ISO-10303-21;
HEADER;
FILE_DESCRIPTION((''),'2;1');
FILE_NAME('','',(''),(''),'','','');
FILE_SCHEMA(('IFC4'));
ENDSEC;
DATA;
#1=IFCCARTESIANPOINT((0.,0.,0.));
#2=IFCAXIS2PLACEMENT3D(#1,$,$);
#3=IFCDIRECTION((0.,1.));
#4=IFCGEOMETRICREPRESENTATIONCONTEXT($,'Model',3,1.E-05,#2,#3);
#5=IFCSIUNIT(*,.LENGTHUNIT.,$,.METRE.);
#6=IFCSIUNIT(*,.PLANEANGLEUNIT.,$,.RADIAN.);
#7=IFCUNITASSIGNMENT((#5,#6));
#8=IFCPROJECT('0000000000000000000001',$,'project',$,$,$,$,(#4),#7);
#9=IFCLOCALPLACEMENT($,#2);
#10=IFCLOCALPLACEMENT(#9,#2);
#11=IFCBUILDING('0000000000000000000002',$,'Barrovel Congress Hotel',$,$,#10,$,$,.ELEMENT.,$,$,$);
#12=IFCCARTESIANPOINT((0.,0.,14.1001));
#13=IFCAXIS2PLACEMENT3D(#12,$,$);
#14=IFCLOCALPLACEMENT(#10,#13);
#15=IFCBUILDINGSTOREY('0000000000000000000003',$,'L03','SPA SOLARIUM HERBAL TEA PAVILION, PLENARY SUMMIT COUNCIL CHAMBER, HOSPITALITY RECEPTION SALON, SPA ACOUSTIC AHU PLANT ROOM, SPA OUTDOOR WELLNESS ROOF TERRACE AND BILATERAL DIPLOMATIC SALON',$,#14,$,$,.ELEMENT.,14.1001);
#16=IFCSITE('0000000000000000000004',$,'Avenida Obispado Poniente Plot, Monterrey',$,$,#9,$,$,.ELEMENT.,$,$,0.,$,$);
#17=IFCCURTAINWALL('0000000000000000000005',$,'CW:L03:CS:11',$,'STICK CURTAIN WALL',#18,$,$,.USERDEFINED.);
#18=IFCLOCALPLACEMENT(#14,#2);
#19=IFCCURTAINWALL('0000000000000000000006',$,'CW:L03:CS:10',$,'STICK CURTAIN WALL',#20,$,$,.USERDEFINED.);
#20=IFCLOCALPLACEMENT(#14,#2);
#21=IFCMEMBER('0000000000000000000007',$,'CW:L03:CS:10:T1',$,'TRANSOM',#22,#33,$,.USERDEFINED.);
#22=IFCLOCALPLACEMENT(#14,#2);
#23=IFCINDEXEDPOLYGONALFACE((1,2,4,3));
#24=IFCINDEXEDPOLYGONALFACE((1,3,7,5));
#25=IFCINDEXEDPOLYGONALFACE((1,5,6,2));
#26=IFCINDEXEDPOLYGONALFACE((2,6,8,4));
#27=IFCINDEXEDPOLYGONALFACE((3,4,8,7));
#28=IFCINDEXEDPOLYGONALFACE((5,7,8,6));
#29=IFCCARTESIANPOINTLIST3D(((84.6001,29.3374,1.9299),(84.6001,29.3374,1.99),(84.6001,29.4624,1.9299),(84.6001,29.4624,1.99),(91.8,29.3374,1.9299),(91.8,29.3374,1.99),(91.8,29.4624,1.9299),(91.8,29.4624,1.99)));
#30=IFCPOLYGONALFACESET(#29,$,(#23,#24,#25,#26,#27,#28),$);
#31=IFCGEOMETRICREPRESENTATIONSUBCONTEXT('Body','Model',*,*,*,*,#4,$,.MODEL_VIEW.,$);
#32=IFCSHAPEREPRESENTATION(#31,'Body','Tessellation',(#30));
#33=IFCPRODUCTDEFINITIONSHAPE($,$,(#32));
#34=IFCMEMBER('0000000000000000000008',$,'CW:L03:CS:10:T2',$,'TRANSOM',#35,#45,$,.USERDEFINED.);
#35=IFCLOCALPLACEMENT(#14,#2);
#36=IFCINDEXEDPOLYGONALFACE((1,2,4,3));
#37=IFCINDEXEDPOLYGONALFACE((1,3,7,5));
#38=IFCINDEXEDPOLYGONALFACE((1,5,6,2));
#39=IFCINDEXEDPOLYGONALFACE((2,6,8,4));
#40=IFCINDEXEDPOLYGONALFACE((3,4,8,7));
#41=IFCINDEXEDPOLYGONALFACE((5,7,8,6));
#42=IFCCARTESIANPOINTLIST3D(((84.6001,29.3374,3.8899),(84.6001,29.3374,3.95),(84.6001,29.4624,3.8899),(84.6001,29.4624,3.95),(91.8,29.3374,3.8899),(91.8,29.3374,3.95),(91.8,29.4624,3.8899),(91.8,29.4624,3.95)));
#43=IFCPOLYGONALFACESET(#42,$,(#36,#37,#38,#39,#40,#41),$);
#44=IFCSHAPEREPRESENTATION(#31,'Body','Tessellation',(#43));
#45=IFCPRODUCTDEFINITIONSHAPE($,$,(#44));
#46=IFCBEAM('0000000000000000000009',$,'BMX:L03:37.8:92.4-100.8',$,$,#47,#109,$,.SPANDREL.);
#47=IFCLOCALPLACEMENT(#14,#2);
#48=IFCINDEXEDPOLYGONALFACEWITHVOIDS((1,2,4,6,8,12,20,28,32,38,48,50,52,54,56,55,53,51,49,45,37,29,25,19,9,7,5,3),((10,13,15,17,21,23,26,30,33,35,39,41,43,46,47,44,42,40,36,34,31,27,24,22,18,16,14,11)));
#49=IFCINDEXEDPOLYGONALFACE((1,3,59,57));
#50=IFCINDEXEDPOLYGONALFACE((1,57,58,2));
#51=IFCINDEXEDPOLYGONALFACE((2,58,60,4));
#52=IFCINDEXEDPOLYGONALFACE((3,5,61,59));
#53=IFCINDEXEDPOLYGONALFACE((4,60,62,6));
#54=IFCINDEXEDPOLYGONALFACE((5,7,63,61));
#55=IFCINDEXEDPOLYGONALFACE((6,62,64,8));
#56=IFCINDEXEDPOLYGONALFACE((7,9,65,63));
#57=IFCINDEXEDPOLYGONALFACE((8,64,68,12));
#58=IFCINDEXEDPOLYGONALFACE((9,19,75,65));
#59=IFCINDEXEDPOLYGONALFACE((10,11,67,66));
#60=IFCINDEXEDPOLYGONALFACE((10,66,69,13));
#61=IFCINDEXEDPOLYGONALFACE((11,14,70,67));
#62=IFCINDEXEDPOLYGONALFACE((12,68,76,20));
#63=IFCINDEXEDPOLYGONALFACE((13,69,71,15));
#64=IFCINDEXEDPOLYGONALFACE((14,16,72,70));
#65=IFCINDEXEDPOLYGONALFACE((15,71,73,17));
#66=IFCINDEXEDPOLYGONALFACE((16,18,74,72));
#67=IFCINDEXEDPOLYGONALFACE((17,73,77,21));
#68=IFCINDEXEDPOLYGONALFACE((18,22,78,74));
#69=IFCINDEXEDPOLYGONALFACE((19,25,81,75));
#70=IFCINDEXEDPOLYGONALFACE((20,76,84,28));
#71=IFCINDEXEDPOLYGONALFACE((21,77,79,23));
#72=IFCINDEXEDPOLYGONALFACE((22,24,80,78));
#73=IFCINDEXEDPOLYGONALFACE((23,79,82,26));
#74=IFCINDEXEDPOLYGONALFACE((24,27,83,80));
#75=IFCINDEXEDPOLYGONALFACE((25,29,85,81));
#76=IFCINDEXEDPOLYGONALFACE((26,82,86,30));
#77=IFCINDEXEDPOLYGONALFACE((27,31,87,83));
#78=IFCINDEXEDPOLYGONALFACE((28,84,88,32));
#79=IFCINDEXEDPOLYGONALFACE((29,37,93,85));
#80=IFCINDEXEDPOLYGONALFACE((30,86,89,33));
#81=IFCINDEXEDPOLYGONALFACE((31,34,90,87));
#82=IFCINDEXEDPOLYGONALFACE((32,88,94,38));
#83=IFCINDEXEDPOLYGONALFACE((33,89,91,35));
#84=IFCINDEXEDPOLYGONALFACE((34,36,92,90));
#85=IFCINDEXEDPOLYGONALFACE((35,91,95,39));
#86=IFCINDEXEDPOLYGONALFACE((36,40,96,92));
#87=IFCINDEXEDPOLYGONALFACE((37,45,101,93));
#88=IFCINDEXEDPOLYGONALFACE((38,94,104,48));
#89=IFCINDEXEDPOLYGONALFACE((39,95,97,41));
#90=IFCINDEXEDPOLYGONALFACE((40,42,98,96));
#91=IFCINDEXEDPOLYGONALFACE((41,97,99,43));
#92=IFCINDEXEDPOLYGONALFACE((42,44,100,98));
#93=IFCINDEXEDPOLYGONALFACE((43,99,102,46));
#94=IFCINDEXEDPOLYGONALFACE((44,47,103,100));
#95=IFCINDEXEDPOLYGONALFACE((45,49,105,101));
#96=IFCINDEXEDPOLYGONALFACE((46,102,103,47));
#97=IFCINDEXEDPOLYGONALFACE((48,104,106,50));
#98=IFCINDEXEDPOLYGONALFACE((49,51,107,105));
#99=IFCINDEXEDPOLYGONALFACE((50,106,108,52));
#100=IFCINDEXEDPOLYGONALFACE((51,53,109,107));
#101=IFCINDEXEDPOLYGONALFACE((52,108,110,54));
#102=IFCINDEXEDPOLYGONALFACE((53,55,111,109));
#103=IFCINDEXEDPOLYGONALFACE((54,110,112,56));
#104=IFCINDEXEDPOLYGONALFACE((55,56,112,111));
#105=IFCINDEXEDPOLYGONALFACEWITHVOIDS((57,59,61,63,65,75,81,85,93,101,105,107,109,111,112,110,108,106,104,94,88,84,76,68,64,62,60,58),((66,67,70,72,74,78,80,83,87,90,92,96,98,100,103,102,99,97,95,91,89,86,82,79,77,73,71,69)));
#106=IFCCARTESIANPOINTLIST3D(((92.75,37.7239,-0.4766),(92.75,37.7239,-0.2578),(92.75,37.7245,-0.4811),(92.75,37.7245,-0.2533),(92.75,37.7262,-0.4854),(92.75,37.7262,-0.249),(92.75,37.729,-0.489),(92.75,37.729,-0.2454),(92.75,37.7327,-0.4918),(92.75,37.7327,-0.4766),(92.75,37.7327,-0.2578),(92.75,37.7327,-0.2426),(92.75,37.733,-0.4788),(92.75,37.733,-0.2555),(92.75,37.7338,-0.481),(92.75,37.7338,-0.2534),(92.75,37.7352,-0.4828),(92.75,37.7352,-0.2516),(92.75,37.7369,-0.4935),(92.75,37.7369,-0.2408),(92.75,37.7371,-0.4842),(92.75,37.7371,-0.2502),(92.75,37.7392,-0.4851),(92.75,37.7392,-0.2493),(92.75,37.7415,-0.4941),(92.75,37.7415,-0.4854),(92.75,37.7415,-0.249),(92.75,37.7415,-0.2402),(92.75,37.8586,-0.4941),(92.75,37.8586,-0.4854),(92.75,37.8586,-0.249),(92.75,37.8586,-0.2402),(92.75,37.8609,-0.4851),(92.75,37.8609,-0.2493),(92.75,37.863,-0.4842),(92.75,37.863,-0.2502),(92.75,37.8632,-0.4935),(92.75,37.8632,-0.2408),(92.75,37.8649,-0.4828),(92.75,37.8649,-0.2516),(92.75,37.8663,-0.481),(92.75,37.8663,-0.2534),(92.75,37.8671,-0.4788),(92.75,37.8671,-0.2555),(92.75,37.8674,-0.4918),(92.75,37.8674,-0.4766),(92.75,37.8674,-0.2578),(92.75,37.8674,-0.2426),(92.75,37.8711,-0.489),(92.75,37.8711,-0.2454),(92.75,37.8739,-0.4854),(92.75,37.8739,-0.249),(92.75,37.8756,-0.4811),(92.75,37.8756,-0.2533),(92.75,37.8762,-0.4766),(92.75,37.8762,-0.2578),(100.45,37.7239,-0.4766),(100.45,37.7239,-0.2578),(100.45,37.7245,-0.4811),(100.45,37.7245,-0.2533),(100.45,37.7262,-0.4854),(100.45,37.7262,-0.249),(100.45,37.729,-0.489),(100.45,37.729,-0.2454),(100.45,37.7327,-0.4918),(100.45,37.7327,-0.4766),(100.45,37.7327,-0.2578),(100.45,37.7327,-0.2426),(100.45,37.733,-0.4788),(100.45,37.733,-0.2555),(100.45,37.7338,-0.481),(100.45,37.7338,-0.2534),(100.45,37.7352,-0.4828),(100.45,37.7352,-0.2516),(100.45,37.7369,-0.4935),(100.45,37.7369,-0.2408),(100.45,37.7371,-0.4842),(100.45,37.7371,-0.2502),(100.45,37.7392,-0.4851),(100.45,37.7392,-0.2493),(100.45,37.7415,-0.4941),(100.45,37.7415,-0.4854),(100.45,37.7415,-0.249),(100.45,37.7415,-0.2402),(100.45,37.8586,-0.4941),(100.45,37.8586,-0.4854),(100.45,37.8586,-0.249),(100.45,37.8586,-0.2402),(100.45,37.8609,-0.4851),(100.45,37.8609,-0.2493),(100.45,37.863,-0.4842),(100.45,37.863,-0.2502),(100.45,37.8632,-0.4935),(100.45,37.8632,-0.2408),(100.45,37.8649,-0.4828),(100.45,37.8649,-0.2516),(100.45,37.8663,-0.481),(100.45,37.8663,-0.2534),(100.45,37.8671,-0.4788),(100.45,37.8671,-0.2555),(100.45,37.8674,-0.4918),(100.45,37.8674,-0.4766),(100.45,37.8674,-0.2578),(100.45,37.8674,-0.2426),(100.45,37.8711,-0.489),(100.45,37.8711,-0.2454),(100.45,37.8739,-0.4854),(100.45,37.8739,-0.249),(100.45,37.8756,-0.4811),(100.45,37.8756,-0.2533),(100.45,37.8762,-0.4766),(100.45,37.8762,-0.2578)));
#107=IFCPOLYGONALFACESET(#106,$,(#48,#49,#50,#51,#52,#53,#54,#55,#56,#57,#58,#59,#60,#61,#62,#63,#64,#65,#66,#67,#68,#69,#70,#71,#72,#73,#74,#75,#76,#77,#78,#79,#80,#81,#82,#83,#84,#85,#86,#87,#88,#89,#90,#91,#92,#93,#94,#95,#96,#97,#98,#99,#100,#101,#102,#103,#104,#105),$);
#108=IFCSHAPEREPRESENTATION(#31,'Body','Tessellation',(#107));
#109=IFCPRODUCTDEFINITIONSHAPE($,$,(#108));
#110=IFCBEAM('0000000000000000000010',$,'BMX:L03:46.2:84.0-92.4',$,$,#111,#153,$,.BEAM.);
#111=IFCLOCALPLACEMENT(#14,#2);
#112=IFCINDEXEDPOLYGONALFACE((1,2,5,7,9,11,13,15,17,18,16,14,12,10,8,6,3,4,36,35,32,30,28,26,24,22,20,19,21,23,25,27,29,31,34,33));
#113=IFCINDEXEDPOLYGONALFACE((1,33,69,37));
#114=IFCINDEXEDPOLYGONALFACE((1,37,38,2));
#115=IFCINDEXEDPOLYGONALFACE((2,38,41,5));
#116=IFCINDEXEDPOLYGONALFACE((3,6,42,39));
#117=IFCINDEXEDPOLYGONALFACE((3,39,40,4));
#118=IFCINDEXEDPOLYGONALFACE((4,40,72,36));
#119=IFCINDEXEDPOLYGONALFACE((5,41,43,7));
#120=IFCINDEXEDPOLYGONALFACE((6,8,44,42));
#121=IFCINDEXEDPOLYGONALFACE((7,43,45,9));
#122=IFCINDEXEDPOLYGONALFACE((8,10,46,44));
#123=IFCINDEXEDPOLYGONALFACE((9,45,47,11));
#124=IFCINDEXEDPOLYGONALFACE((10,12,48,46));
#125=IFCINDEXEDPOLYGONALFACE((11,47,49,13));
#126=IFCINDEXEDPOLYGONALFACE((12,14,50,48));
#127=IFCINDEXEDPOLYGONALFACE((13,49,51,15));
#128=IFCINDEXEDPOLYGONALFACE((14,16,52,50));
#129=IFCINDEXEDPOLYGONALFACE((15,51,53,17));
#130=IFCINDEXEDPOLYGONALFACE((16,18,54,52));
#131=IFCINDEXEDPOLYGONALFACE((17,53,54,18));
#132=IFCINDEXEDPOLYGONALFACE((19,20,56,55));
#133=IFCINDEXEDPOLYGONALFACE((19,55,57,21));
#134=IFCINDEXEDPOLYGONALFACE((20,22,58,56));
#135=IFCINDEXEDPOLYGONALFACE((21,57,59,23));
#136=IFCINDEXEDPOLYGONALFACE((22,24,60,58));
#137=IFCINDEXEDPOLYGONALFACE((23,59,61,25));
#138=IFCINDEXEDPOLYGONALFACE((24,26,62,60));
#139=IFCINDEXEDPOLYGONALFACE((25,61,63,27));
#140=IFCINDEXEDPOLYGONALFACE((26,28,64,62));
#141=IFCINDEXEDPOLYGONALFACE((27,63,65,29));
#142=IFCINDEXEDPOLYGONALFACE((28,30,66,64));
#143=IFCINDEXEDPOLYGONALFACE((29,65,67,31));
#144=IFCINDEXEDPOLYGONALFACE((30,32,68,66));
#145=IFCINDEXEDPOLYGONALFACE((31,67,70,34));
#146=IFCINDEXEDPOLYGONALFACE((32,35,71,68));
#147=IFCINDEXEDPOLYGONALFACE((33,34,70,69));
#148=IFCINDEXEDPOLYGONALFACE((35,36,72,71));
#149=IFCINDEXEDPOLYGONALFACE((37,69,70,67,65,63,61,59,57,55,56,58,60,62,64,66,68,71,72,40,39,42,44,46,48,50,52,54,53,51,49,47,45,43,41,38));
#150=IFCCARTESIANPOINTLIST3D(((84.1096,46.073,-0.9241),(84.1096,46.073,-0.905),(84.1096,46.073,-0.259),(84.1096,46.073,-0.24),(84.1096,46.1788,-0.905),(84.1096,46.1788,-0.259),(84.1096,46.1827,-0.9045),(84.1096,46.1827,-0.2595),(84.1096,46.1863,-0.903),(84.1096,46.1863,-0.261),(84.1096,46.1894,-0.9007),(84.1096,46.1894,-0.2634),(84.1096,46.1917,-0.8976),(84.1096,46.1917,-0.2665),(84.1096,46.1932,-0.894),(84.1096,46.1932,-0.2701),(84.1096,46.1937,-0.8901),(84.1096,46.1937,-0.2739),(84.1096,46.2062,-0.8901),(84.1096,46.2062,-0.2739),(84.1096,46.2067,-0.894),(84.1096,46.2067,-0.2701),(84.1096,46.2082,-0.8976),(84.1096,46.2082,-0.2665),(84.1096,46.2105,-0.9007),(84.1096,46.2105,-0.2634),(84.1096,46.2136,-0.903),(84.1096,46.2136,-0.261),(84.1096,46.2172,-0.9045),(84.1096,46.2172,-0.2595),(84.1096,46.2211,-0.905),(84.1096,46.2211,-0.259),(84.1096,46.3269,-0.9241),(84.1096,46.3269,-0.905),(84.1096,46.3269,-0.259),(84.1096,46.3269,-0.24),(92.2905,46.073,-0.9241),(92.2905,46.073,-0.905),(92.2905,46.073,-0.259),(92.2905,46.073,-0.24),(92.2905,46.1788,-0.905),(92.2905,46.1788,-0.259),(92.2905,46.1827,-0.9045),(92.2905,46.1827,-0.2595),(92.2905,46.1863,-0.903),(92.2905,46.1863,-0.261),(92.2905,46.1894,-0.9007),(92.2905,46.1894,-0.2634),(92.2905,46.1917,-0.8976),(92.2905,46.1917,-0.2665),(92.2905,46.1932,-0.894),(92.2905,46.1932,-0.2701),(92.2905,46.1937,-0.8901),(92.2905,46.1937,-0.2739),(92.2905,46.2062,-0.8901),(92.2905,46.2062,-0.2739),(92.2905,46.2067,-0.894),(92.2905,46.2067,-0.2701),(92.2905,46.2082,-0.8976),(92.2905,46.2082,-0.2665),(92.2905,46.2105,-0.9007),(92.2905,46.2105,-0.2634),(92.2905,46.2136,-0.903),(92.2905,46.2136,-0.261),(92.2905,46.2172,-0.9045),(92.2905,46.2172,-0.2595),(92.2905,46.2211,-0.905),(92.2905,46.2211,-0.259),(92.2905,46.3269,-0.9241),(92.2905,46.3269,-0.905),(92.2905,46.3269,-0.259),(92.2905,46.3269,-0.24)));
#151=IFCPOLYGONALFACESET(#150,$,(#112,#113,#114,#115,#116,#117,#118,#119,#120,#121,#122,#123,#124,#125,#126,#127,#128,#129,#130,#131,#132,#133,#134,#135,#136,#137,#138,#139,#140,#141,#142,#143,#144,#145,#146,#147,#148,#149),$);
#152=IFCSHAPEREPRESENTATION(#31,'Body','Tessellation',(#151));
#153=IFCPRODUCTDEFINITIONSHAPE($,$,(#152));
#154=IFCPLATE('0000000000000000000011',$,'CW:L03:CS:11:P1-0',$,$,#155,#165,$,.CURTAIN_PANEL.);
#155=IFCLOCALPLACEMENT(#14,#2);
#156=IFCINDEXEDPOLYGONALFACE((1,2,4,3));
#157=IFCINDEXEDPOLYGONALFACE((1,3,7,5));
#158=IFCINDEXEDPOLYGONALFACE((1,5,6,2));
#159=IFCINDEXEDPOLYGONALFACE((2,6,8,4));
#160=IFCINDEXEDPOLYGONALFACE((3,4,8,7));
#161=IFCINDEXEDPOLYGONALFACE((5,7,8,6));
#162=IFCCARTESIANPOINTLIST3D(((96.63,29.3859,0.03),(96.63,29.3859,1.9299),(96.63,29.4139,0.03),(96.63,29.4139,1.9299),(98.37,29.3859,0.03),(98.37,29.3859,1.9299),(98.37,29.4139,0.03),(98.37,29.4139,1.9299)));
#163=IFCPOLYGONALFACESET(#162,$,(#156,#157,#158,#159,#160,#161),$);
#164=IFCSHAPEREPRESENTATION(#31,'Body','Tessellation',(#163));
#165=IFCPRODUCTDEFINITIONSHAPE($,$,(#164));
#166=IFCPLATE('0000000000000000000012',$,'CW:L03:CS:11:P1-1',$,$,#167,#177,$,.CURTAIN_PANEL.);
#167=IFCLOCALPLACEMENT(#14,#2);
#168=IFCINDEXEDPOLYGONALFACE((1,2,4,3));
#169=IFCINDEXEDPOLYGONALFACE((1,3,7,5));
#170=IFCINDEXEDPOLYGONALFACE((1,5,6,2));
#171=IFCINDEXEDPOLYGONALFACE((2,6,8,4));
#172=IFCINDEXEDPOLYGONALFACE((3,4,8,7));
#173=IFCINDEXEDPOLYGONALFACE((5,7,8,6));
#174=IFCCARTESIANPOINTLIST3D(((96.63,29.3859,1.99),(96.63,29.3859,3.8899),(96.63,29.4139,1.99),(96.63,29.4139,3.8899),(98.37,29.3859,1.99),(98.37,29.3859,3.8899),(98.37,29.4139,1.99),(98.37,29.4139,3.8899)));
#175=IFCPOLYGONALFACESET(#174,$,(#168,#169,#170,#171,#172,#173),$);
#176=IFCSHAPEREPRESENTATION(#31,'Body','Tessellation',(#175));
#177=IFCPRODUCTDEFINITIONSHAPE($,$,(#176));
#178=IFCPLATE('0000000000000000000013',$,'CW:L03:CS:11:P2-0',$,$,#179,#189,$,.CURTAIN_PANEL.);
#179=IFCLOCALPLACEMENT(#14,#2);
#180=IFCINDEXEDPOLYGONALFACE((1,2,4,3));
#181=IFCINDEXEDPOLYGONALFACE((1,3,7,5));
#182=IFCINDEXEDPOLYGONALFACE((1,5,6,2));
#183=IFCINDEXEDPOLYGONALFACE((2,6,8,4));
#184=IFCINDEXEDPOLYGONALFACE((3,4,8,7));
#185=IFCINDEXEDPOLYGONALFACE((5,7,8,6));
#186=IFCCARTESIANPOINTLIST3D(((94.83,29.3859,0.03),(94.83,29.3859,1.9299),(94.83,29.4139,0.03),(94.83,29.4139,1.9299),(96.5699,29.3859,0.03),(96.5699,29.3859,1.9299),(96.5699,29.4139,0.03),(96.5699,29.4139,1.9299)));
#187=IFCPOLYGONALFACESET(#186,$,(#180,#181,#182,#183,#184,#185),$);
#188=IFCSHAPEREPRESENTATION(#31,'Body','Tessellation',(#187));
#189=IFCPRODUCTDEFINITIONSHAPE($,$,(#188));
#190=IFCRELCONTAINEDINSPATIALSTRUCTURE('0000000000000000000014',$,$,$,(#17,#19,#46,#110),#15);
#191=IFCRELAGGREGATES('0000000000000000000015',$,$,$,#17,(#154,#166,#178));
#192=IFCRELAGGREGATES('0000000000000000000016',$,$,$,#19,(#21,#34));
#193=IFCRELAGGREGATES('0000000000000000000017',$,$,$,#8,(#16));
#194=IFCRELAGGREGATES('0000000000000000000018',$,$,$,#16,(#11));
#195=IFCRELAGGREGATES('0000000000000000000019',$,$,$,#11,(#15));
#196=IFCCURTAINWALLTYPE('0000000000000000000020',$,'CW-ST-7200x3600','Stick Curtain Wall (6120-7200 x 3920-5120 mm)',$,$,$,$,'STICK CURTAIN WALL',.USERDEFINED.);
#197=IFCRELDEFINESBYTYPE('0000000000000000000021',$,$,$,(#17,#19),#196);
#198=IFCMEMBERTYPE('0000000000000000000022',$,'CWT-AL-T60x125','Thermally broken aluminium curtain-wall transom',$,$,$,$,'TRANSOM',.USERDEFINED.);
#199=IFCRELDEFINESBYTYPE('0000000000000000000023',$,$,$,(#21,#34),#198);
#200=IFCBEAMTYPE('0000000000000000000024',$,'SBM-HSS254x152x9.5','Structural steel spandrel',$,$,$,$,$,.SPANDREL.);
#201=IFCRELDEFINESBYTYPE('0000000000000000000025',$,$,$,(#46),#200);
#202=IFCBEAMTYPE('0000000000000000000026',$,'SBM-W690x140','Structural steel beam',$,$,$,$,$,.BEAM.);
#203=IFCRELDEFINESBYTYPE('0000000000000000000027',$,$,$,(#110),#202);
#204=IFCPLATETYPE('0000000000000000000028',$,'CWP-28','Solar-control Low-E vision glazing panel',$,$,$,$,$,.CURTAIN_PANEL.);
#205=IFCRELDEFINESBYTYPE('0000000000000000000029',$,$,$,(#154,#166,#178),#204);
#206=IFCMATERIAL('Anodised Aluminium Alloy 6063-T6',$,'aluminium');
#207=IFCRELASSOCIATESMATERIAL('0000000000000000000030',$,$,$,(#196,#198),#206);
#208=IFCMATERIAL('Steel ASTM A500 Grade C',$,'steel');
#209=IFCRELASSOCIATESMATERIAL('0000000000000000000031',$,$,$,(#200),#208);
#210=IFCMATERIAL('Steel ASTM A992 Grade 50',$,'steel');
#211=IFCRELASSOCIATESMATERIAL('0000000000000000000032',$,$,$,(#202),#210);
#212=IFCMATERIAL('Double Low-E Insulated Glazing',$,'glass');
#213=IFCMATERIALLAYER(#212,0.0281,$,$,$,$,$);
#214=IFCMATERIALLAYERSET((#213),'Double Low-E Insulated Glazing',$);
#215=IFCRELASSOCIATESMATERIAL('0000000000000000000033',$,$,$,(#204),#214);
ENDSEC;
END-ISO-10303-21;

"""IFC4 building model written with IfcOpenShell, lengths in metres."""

from ifc_helpers import new_model, si_unit, direction, frame, origin, origin_2d, place, context, subcontext, project, spatial, rectangle, hollow_rectangle, i_section, extrude, material, layer, layer_set, material_profile, profile_set, type_object, element, aggregate, save


model = new_model("IFC4")

# Units and contexts
model_context = context("Model", 3, precision=1e-05, world=origin(), true_north=direction((0.0, 1.0)))
body_context = subcontext(model_context, "Body", "Model", "MODEL_VIEW")
ifc_project = project(units=[si_unit("LENGTHUNIT", "METRE"), si_unit("PLANEANGLEUNIT", "RADIAN")], contexts=[model_context])

# Site, building, storey
site_placement = place(None, origin())
site = spatial("IfcSite", under=ifc_project, at=site_placement, Name="Avenida Obispado Poniente Plot, Monterrey", CompositionType="ELEMENT", RefElevation=0.0)
building_placement = place(site_placement, origin())
building = spatial("IfcBuilding", under=site, at=building_placement, Name="Barrovel Congress Hotel", CompositionType="ELEMENT")
storey_placement = place(building_placement, frame((0.0, 0.0, 14.1001)))
storey = spatial("IfcBuildingStorey", under=building, at=storey_placement, Name="L03", Description="SPA SOLARIUM HERBAL TEA PAVILION, PLENARY SUMMIT COUNCIL CHAMBER, HOSPITALITY RECEPTION SALON, SPA ACOUSTIC AHU PLANT ROOM, SPA OUTDOOR WELLNESS ROOF TERRACE AND BILATERAL DIPLOMATIC SALON", CompositionType="ELEMENT", Elevation=14.1001)

# Curtain walls, members
ifc_material_1 = material(Name="Anodised Aluminium Alloy 6063-T6", Category="aluminium")
curtain_wall_type = type_object("IfcCurtainWallType", Name="CW-ST-7200x3600", Description="Stick Curtain Wall (6120-7200 x 3920-5120 mm)", ElementType="STICK CURTAIN WALL", PredefinedType="USERDEFINED", material=ifc_material_1)
curtain_wall_1_placement = place(storey_placement, origin())
curtain_wall_1 = element("IfcCurtainWall", 1, at=curtain_wall_1_placement, inside=storey, type_object=curtain_wall_type, Name="CW:L03:CS:11", ObjectType="STICK CURTAIN WALL", PredefinedType="USERDEFINED")
curtain_wall_2_placement = place(storey_placement, origin())
curtain_wall_2 = element("IfcCurtainWall", 2, at=curtain_wall_2_placement, inside=storey, type_object=curtain_wall_type, Name="CW:L03:CS:10", ObjectType="STICK CURTAIN WALL", PredefinedType="USERDEFINED")
ifc_material_profile_1 = material_profile(ifc_material_1, rectangle(XDim=0.125, YDim=0.0601, at=origin_2d()), Name="AL-T60x125")
ifc_profile_set_1 = profile_set([ifc_material_profile_1], Name="Anodised Aluminium Alloy 6063-T6")
member_type_1 = type_object("IfcMemberType", Name="CWT-AL-T60x125", Description="Thermally broken aluminium curtain-wall transom", ElementType="TRANSOM", PredefinedType="USERDEFINED", material=ifc_profile_set_1)
member_1_placement = place(storey_placement, frame((91.8, 29.3999, 1.96), z_axis=(-1.0, 0.0, 0.0), x_axis=(0.0, -1.0, 0.0)))
member_1 = element("IfcMember", 3, at=member_1_placement, type_object=member_type_1, Name="CW:L03:CS:10:T1", ObjectType="TRANSOM", PredefinedType="USERDEFINED", context=body_context, shape_type="SweptSolid", body=[
    extrude(rectangle(XDim=0.125, YDim=0.0601, at=origin_2d()), origin(), (0.0, 0.0, 1.0), 7.2),
])
member_2_placement = place(storey_placement, frame((91.8, 29.3999, 3.9199), z_axis=(-1.0, 0.0, 0.0), x_axis=(0.0, -1.0, 0.0)))
member_2 = element("IfcMember", 4, at=member_2_placement, type_object=member_type_1, Name="CW:L03:CS:10:T2", ObjectType="TRANSOM", PredefinedType="USERDEFINED", context=body_context, shape_type="SweptSolid", body=[
    extrude(rectangle(XDim=0.125, YDim=0.0601, at=origin_2d()), origin(), (0.0, 0.0, 1.0), 7.2),
])

# Beams
ifc_material_2 = material(Name="Steel ASTM A500 Grade C", Category="steel")
ifc_material_profile_2 = material_profile(ifc_material_2, hollow_rectangle(XDim=0.1523, YDim=0.2539, WallThickness=0.0088, InnerFilletRadius=0.0088, OuterFilletRadius=0.0176, at=origin_2d()), Name="HSS254x152x9.5")
ifc_profile_set_2 = profile_set([ifc_material_profile_2], Name="Steel ASTM A500 Grade C")
beam_type_1 = type_object("IfcBeamType", Name="SBM-HSS254x152x9.5", Description="Structural steel spandrel", PredefinedType="SPANDREL", material=ifc_profile_set_2)
beam_1_placement = place(storey_placement, frame((92.75, 37.8, -0.3672), z_axis=(1.0, 0.0, 0.0), x_axis=(0.0, 1.0, 0.0)))
element("IfcBeam", 5, at=beam_1_placement, inside=storey, type_object=beam_type_1, Name="BMX:L03:37.8:92.4-100.8", PredefinedType="SPANDREL", context=body_context, shape_type="SweptSolid", body=[
    extrude(hollow_rectangle(XDim=0.1523, YDim=0.2539, WallThickness=0.0088, InnerFilletRadius=0.0088, OuterFilletRadius=0.0176, at=origin_2d()), origin(), (0.0, 0.0, 1.0), 7.7),
])
ifc_material_3 = material(Name="Steel ASTM A992 Grade 50", Category="steel")
ifc_material_profile_3 = material_profile(ifc_material_3, i_section(OverallWidth=0.2539, OverallDepth=0.6841, WebThickness=0.0125, FlangeThickness=0.019, FilletRadius=0.0149, at=origin_2d()), Name="W690x140")
ifc_profile_set_3 = profile_set([ifc_material_profile_3], Name="Steel ASTM A992 Grade 50")
beam_type_2 = type_object("IfcBeamType", Name="SBM-W690x140", Description="Structural steel beam", PredefinedType="BEAM", material=ifc_profile_set_3)
beam_2_placement = place(storey_placement, frame((84.1096, 46.2, -0.582), z_axis=(1.0, 0.0, 0.0), x_axis=(0.0, 1.0, 0.0)))
element("IfcBeam", 6, at=beam_2_placement, inside=storey, type_object=beam_type_2, Name="BMX:L03:46.2:84.0-92.4", PredefinedType="BEAM", context=body_context, shape_type="SweptSolid", body=[
    extrude(i_section(OverallWidth=0.2539, OverallDepth=0.6841, WebThickness=0.0125, FlangeThickness=0.019, FilletRadius=0.0149, at=origin_2d()), origin(), (0.0, 0.0, 1.0), 8.1809),
])

# Plates
ifc_material_4 = material(Name="Double Low-E Insulated Glazing", Category="glass")
ifc_layer_1 = layer(ifc_material_4, 0.0281)
ifc_layer_set_1 = layer_set([ifc_layer_1], Name="Double Low-E Insulated Glazing")
plate_type_1 = type_object("IfcPlateType", Name="CWP-28", Description="Solar-control Low-E vision glazing panel", PredefinedType="CURTAIN_PANEL", material=ifc_layer_set_1)
plate_1_placement = place(storey_placement, frame((97.5, 29.3999, 0.03), z_axis=(0.0, 0.0, 1.0), x_axis=(-1.0, 0.0, 0.0)))
plate_1 = element("IfcPlate", 7, at=plate_1_placement, type_object=plate_type_1, Name="CW:L03:CS:11:P1-0", PredefinedType="CURTAIN_PANEL", context=body_context, shape_type="SweptSolid", body=[
    extrude(rectangle(XDim=1.74, YDim=0.0281, at=origin_2d()), origin(), (0.0, 0.0, 1.0), 1.8999),
])
plate_2_placement = place(storey_placement, frame((97.5, 29.3999, 1.99), z_axis=(0.0, 0.0, 1.0), x_axis=(-1.0, 0.0, 0.0)))
plate_2 = element("IfcPlate", 8, at=plate_2_placement, type_object=plate_type_1, Name="CW:L03:CS:11:P1-1", PredefinedType="CURTAIN_PANEL", context=body_context, shape_type="SweptSolid", body=[
    extrude(rectangle(XDim=1.74, YDim=0.0281, at=origin_2d()), origin(), (0.0, 0.0, 1.0), 1.8999),
])
plate_3_placement = place(storey_placement, frame((95.7, 29.3999, 0.03), z_axis=(0.0, 0.0, 1.0), x_axis=(-1.0, 0.0, 0.0)))
plate_3 = element("IfcPlate", 9, at=plate_3_placement, type_object=plate_type_1, Name="CW:L03:CS:11:P2-0", PredefinedType="CURTAIN_PANEL", context=body_context, shape_type="SweptSolid", body=[
    extrude(rectangle(XDim=1.74, YDim=0.0281, at=origin_2d()), origin(), (0.0, 0.0, 1.0), 1.8999),
])
aggregate(curtain_wall_1, [plate_1, plate_2, plate_3])
aggregate(curtain_wall_2, [member_1, member_2])

save(model, "model.ifc")
